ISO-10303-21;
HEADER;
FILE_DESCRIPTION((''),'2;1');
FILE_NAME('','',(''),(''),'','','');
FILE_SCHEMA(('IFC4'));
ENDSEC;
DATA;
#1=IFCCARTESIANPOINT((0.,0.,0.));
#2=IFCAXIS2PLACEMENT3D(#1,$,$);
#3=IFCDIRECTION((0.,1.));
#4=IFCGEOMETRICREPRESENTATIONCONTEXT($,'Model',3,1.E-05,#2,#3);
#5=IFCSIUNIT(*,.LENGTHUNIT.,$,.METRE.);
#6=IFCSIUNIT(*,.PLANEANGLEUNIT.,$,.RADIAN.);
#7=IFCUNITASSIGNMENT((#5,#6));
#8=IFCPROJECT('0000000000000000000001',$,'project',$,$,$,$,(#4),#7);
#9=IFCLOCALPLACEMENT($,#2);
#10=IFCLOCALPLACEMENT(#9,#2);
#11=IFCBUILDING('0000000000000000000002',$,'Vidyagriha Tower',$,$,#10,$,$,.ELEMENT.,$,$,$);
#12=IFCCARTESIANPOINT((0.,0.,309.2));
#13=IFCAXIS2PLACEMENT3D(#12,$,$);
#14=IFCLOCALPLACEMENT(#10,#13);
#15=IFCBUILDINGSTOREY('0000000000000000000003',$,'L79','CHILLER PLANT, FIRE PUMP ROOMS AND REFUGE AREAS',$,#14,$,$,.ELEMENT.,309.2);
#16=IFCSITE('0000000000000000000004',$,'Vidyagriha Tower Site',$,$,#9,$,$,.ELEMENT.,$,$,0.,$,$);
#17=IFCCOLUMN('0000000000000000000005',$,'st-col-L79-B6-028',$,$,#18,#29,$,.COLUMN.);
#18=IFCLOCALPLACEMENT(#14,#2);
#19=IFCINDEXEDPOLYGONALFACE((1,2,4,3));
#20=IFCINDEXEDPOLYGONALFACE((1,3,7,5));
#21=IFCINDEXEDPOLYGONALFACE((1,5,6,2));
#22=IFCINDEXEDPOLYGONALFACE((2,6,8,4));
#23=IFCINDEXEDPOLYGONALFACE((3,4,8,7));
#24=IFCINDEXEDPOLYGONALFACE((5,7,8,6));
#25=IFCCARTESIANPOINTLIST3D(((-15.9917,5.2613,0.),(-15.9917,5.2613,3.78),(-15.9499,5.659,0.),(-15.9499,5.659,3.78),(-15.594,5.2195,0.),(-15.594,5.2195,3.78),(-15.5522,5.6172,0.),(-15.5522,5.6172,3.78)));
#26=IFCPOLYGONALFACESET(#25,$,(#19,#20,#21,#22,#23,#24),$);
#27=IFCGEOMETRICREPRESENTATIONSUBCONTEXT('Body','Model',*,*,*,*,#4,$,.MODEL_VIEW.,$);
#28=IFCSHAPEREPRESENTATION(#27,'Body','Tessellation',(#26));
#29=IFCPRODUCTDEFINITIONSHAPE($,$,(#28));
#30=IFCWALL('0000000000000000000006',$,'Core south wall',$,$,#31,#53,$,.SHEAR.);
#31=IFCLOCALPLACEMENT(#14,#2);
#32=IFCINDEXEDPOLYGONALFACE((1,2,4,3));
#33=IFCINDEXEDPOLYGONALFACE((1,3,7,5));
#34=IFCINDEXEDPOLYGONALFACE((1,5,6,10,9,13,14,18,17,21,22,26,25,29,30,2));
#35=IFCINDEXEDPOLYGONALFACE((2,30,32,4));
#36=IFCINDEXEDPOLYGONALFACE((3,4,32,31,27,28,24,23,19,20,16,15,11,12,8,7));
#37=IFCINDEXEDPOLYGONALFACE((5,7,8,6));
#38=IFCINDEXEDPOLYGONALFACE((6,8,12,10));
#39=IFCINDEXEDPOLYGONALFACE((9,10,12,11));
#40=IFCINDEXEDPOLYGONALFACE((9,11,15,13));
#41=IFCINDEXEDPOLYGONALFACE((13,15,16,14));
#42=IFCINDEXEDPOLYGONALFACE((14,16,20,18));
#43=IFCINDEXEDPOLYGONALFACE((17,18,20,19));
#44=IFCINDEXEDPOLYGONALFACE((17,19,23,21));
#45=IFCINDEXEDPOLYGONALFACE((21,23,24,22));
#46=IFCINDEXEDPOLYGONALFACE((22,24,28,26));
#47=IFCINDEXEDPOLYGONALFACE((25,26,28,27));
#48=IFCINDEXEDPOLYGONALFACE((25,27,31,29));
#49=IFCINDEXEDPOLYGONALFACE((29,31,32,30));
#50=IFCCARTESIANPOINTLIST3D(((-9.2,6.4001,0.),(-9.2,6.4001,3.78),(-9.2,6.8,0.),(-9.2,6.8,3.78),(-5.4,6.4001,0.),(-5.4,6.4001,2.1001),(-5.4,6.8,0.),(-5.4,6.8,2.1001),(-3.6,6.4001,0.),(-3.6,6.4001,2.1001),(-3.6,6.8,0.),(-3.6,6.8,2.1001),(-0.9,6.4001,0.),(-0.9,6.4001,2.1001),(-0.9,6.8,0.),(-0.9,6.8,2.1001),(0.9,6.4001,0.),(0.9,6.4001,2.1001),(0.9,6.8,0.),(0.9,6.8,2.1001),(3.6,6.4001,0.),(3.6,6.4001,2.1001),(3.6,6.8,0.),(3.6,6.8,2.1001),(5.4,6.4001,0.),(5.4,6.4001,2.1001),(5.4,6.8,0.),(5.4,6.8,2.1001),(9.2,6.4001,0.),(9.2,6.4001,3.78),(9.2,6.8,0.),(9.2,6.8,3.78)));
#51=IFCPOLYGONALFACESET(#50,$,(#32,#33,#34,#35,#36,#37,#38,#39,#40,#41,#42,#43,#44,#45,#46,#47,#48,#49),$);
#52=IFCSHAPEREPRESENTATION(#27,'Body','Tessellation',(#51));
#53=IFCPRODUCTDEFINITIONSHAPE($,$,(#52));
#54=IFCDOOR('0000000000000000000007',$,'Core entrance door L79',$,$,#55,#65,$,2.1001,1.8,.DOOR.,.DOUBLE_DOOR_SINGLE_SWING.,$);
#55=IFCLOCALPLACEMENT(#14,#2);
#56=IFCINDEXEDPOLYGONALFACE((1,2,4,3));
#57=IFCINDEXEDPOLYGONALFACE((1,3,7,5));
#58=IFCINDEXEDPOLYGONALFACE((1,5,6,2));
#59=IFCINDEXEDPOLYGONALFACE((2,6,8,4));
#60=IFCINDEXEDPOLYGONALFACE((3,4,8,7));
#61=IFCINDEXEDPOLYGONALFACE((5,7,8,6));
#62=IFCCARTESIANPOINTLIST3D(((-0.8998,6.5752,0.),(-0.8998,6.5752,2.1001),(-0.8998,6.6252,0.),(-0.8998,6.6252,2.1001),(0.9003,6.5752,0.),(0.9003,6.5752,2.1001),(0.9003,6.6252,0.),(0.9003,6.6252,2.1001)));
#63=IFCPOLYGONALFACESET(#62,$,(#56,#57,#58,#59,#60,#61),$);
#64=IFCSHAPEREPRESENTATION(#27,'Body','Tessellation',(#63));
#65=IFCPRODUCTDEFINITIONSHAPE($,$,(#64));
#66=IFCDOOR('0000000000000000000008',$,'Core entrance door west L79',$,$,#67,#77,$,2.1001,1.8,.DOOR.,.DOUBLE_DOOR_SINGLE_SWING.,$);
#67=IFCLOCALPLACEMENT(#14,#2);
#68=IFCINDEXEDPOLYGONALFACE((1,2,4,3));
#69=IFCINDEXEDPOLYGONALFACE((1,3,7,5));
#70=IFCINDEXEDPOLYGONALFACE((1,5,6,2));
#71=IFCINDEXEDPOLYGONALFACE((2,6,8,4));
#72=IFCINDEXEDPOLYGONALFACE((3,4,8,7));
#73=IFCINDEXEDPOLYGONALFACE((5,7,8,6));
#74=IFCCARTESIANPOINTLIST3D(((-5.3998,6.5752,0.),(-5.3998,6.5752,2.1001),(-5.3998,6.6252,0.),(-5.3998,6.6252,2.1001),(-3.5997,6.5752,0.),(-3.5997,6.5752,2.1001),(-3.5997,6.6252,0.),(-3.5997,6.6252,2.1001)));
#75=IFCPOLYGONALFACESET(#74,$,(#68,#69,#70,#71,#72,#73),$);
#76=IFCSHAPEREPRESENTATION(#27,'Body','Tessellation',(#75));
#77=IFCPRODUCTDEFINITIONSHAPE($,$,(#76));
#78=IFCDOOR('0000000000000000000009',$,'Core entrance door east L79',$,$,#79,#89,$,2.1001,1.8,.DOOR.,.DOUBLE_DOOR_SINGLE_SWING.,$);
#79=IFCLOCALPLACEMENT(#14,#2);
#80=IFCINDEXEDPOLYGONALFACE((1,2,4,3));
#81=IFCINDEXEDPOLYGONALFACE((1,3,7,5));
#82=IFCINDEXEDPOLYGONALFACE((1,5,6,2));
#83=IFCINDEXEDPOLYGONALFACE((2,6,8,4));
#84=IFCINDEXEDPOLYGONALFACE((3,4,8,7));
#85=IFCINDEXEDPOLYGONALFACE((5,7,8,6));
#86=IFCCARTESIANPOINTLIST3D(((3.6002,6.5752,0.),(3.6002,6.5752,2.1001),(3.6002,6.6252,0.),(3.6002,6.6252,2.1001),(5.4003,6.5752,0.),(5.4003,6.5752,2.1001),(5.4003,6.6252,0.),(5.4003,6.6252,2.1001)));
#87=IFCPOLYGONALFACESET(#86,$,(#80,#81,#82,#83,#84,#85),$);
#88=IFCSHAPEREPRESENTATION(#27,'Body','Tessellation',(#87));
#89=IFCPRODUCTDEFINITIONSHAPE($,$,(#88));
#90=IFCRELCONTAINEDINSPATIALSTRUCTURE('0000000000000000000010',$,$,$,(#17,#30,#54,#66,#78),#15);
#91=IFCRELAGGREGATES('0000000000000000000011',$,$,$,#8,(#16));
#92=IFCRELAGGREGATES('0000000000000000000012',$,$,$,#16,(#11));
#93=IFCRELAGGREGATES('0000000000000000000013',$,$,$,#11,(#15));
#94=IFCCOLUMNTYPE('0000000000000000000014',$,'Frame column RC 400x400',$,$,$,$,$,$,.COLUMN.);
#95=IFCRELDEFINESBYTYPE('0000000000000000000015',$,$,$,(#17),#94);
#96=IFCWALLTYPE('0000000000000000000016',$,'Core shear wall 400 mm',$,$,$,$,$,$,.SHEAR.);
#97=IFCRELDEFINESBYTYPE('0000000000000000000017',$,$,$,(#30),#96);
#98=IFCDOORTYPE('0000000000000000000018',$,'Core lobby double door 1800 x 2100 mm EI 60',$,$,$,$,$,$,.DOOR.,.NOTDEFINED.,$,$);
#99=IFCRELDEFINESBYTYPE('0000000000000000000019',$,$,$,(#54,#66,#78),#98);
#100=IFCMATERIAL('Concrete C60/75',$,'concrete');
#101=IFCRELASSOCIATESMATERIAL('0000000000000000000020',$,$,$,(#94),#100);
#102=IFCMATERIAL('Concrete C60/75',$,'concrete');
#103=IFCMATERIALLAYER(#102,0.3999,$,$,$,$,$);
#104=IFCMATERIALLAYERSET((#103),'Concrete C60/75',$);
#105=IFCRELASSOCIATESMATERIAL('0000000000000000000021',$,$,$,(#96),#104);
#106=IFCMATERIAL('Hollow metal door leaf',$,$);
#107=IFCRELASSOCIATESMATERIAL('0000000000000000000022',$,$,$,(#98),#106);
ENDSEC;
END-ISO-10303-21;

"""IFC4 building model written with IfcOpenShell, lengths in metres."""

from ifc_helpers import new_model, si_unit, direction, frame, frame_2d, origin, origin_2d, place, context, subcontext, project, spatial, rectangle, extrude, material, layer, layer_set, material_profile, profile_set, type_object, element, fill, save


model = new_model("IFC4")

# Units and contexts
model_context = context("Model", 3, precision=1e-05, world=origin(), true_north=direction((0.0, 1.0)))
body_context = subcontext(model_context, "Body", "Model", "MODEL_VIEW")
ifc_project = project(units=[si_unit("LENGTHUNIT", "METRE"), si_unit("PLANEANGLEUNIT", "RADIAN")], contexts=[model_context])

# Site, building, storey
site_placement = place(None, origin())
site = spatial("IfcSite", under=ifc_project, at=site_placement, Name="Vidyagriha Tower Site", CompositionType="ELEMENT", RefElevation=0.0)
building_placement = place(site_placement, origin())
building = spatial("IfcBuilding", under=site, at=building_placement, Name="Vidyagriha Tower", CompositionType="ELEMENT")
storey_placement = place(building_placement, frame((0.0, 0.0, 309.2)))
storey = spatial("IfcBuildingStorey", under=building, at=storey_placement, Name="L79", Description="CHILLER PLANT, FIRE PUMP ROOMS AND REFUGE AREAS", CompositionType="ELEMENT", Elevation=309.2)

# Column
ifc_material_1 = material(Name="Concrete C60/75", Category="concrete")
ifc_material_profile = material_profile(ifc_material_1, rectangle(XDim=0.3999, YDim=0.3999, at=origin_2d()), Name="RC 400x400")
ifc_profile_set = profile_set([ifc_material_profile], Name="Concrete C60/75")
column_type = type_object("IfcColumnType", Name="Frame column RC 400x400", PredefinedType="COLUMN", material=ifc_profile_set)
column_placement = place(storey_placement, frame((-15.772, 5.4392, 0.0), z_axis=(0.0, 0.0, 1.0), x_axis=(0.994522, -0.104528, 0.0)))
element("IfcColumn", 1, at=column_placement, inside=storey, type_object=column_type, Name="st-col-L79-B6-028", PredefinedType="COLUMN", context=body_context, shape_type="SweptSolid", body=[
    extrude(rectangle(XDim=0.3999, YDim=0.3999, at=origin_2d()), origin(), (0.0, 0.0, 1.0), 3.78),
])

# Wall, openings, doors
ifc_material_2 = material(Name="Concrete C60/75", Category="concrete")
ifc_layer_1 = layer(ifc_material_2, 0.3999)
ifc_layer_set_1 = layer_set([ifc_layer_1], Name="Concrete C60/75")
wall_type_1 = type_object("IfcWallType", Name="Core shear wall 400 mm", PredefinedType="SHEAR", material=ifc_layer_set_1)
wall_1_placement = place(storey_placement, frame((-9.2, 6.6001, 0.0)))
wall_1 = element("IfcWall", 2, at=wall_1_placement, inside=storey, type_object=wall_type_1, Name="Core south wall", PredefinedType="SHEAR", context=body_context, shape_type="SweptSolid", body=[
    extrude(rectangle(XDim=18.3999, YDim=0.3999, at=frame_2d((9.2, 0.0))), origin(), (0.0, 0.0, 1.0), 3.78),
])
opening_1_placement = place(wall_1_placement, frame((8.3, 0.0, 0.0)))
opening_1 = element("IfcOpeningElement", 3, at=opening_1_placement, cuts=wall_1, PredefinedType="OPENING", context=body_context, shape_type="SweptSolid", body=[
    extrude(rectangle(XDim=1.8, YDim=2.1001, at=frame_2d((0.8999, 1.05))), frame((0.0, 0.21, 0.0), z_axis=(0.0, -1.0, 0.0), x_axis=(1.0, 0.0, 0.0)), (0.0, 0.0, 1.0), 0.4199),
])
opening_2_placement = place(wall_1_placement, frame((3.8, 0.0, 0.0)))
opening_2 = element("IfcOpeningElement", 4, at=opening_2_placement, cuts=wall_1, PredefinedType="OPENING", context=body_context, shape_type="SweptSolid", body=[
    extrude(rectangle(XDim=1.8, YDim=2.1001, at=frame_2d((0.8999, 1.05))), frame((0.0, 0.21, 0.0), z_axis=(0.0, -1.0, 0.0), x_axis=(1.0, 0.0, 0.0)), (0.0, 0.0, 1.0), 0.4199),
])
opening_3_placement = place(wall_1_placement, frame((12.8, 0.0, 0.0)))
opening_3 = element("IfcOpeningElement", 5, at=opening_3_placement, cuts=wall_1, PredefinedType="OPENING", context=body_context, shape_type="SweptSolid", body=[
    extrude(rectangle(XDim=1.8, YDim=2.1001, at=frame_2d((0.8999, 1.05))), frame((0.0, 0.21, 0.0), z_axis=(0.0, -1.0, 0.0), x_axis=(1.0, 0.0, 0.0)), (0.0, 0.0, 1.0), 0.4199),
])
ifc_material_3 = material(Name="Hollow metal door leaf")
door_type_1 = type_object("IfcDoorType", Name="Core lobby double door 1800 x 2100 mm EI 60", OperationType="NOTDEFINED", PredefinedType="DOOR", material=ifc_material_3)
door_1_placement = place(opening_1_placement, frame((1.8, 0.0, 0.0), z_axis=(0.0, 0.0, 1.0), x_axis=(-1.0, 0.0, 0.0)))
door_1 = element("IfcDoor", 6, at=door_1_placement, inside=storey, type_object=door_type_1, Name="Core entrance door L79", OperationType="DOUBLE_DOOR_SINGLE_SWING", OverallHeight=2.1001, OverallWidth=1.8, PredefinedType="DOOR", context=body_context, shape_type="SweptSolid", body=[
    extrude(rectangle(XDim=1.8, YDim=2.1001, at=frame_2d((0.8999, 1.05))), frame((0.0, 0.0249, 0.0), z_axis=(0.0, -1.0, 0.0), x_axis=(1.0, 0.0, 0.0)), (0.0, 0.0, 1.0), 0.05),
])
fill(opening_1, door_1)
door_2_placement = place(opening_2_placement, frame((1.8, 0.0, 0.0), z_axis=(0.0, 0.0, 1.0), x_axis=(-1.0, 0.0, 0.0)))
door_2 = element("IfcDoor", 7, at=door_2_placement, inside=storey, type_object=door_type_1, Name="Core entrance door west L79", OperationType="DOUBLE_DOOR_SINGLE_SWING", OverallHeight=2.1001, OverallWidth=1.8, PredefinedType="DOOR", context=body_context, shape_type="SweptSolid", body=[
    extrude(rectangle(XDim=1.8, YDim=2.1001, at=frame_2d((0.8999, 1.05))), frame((0.0, 0.0249, 0.0), z_axis=(0.0, -1.0, 0.0), x_axis=(1.0, 0.0, 0.0)), (0.0, 0.0, 1.0), 0.05),
])
fill(opening_2, door_2)
door_3_placement = place(opening_3_placement, frame((1.8, 0.0, 0.0), z_axis=(0.0, 0.0, 1.0), x_axis=(-1.0, 0.0, 0.0)))
door_3 = element("IfcDoor", 8, at=door_3_placement, inside=storey, type_object=door_type_1, Name="Core entrance door east L79", OperationType="DOUBLE_DOOR_SINGLE_SWING", OverallHeight=2.1001, OverallWidth=1.8, PredefinedType="DOOR", context=body_context, shape_type="SweptSolid", body=[
    extrude(rectangle(XDim=1.8, YDim=2.1001, at=frame_2d((0.8999, 1.05))), frame((0.0, 0.0249, 0.0), z_axis=(0.0, -1.0, 0.0), x_axis=(1.0, 0.0, 0.0)), (0.0, 0.0, 1.0), 0.05),
])
fill(opening_3, door_3)

save(model, "model.ifc")
